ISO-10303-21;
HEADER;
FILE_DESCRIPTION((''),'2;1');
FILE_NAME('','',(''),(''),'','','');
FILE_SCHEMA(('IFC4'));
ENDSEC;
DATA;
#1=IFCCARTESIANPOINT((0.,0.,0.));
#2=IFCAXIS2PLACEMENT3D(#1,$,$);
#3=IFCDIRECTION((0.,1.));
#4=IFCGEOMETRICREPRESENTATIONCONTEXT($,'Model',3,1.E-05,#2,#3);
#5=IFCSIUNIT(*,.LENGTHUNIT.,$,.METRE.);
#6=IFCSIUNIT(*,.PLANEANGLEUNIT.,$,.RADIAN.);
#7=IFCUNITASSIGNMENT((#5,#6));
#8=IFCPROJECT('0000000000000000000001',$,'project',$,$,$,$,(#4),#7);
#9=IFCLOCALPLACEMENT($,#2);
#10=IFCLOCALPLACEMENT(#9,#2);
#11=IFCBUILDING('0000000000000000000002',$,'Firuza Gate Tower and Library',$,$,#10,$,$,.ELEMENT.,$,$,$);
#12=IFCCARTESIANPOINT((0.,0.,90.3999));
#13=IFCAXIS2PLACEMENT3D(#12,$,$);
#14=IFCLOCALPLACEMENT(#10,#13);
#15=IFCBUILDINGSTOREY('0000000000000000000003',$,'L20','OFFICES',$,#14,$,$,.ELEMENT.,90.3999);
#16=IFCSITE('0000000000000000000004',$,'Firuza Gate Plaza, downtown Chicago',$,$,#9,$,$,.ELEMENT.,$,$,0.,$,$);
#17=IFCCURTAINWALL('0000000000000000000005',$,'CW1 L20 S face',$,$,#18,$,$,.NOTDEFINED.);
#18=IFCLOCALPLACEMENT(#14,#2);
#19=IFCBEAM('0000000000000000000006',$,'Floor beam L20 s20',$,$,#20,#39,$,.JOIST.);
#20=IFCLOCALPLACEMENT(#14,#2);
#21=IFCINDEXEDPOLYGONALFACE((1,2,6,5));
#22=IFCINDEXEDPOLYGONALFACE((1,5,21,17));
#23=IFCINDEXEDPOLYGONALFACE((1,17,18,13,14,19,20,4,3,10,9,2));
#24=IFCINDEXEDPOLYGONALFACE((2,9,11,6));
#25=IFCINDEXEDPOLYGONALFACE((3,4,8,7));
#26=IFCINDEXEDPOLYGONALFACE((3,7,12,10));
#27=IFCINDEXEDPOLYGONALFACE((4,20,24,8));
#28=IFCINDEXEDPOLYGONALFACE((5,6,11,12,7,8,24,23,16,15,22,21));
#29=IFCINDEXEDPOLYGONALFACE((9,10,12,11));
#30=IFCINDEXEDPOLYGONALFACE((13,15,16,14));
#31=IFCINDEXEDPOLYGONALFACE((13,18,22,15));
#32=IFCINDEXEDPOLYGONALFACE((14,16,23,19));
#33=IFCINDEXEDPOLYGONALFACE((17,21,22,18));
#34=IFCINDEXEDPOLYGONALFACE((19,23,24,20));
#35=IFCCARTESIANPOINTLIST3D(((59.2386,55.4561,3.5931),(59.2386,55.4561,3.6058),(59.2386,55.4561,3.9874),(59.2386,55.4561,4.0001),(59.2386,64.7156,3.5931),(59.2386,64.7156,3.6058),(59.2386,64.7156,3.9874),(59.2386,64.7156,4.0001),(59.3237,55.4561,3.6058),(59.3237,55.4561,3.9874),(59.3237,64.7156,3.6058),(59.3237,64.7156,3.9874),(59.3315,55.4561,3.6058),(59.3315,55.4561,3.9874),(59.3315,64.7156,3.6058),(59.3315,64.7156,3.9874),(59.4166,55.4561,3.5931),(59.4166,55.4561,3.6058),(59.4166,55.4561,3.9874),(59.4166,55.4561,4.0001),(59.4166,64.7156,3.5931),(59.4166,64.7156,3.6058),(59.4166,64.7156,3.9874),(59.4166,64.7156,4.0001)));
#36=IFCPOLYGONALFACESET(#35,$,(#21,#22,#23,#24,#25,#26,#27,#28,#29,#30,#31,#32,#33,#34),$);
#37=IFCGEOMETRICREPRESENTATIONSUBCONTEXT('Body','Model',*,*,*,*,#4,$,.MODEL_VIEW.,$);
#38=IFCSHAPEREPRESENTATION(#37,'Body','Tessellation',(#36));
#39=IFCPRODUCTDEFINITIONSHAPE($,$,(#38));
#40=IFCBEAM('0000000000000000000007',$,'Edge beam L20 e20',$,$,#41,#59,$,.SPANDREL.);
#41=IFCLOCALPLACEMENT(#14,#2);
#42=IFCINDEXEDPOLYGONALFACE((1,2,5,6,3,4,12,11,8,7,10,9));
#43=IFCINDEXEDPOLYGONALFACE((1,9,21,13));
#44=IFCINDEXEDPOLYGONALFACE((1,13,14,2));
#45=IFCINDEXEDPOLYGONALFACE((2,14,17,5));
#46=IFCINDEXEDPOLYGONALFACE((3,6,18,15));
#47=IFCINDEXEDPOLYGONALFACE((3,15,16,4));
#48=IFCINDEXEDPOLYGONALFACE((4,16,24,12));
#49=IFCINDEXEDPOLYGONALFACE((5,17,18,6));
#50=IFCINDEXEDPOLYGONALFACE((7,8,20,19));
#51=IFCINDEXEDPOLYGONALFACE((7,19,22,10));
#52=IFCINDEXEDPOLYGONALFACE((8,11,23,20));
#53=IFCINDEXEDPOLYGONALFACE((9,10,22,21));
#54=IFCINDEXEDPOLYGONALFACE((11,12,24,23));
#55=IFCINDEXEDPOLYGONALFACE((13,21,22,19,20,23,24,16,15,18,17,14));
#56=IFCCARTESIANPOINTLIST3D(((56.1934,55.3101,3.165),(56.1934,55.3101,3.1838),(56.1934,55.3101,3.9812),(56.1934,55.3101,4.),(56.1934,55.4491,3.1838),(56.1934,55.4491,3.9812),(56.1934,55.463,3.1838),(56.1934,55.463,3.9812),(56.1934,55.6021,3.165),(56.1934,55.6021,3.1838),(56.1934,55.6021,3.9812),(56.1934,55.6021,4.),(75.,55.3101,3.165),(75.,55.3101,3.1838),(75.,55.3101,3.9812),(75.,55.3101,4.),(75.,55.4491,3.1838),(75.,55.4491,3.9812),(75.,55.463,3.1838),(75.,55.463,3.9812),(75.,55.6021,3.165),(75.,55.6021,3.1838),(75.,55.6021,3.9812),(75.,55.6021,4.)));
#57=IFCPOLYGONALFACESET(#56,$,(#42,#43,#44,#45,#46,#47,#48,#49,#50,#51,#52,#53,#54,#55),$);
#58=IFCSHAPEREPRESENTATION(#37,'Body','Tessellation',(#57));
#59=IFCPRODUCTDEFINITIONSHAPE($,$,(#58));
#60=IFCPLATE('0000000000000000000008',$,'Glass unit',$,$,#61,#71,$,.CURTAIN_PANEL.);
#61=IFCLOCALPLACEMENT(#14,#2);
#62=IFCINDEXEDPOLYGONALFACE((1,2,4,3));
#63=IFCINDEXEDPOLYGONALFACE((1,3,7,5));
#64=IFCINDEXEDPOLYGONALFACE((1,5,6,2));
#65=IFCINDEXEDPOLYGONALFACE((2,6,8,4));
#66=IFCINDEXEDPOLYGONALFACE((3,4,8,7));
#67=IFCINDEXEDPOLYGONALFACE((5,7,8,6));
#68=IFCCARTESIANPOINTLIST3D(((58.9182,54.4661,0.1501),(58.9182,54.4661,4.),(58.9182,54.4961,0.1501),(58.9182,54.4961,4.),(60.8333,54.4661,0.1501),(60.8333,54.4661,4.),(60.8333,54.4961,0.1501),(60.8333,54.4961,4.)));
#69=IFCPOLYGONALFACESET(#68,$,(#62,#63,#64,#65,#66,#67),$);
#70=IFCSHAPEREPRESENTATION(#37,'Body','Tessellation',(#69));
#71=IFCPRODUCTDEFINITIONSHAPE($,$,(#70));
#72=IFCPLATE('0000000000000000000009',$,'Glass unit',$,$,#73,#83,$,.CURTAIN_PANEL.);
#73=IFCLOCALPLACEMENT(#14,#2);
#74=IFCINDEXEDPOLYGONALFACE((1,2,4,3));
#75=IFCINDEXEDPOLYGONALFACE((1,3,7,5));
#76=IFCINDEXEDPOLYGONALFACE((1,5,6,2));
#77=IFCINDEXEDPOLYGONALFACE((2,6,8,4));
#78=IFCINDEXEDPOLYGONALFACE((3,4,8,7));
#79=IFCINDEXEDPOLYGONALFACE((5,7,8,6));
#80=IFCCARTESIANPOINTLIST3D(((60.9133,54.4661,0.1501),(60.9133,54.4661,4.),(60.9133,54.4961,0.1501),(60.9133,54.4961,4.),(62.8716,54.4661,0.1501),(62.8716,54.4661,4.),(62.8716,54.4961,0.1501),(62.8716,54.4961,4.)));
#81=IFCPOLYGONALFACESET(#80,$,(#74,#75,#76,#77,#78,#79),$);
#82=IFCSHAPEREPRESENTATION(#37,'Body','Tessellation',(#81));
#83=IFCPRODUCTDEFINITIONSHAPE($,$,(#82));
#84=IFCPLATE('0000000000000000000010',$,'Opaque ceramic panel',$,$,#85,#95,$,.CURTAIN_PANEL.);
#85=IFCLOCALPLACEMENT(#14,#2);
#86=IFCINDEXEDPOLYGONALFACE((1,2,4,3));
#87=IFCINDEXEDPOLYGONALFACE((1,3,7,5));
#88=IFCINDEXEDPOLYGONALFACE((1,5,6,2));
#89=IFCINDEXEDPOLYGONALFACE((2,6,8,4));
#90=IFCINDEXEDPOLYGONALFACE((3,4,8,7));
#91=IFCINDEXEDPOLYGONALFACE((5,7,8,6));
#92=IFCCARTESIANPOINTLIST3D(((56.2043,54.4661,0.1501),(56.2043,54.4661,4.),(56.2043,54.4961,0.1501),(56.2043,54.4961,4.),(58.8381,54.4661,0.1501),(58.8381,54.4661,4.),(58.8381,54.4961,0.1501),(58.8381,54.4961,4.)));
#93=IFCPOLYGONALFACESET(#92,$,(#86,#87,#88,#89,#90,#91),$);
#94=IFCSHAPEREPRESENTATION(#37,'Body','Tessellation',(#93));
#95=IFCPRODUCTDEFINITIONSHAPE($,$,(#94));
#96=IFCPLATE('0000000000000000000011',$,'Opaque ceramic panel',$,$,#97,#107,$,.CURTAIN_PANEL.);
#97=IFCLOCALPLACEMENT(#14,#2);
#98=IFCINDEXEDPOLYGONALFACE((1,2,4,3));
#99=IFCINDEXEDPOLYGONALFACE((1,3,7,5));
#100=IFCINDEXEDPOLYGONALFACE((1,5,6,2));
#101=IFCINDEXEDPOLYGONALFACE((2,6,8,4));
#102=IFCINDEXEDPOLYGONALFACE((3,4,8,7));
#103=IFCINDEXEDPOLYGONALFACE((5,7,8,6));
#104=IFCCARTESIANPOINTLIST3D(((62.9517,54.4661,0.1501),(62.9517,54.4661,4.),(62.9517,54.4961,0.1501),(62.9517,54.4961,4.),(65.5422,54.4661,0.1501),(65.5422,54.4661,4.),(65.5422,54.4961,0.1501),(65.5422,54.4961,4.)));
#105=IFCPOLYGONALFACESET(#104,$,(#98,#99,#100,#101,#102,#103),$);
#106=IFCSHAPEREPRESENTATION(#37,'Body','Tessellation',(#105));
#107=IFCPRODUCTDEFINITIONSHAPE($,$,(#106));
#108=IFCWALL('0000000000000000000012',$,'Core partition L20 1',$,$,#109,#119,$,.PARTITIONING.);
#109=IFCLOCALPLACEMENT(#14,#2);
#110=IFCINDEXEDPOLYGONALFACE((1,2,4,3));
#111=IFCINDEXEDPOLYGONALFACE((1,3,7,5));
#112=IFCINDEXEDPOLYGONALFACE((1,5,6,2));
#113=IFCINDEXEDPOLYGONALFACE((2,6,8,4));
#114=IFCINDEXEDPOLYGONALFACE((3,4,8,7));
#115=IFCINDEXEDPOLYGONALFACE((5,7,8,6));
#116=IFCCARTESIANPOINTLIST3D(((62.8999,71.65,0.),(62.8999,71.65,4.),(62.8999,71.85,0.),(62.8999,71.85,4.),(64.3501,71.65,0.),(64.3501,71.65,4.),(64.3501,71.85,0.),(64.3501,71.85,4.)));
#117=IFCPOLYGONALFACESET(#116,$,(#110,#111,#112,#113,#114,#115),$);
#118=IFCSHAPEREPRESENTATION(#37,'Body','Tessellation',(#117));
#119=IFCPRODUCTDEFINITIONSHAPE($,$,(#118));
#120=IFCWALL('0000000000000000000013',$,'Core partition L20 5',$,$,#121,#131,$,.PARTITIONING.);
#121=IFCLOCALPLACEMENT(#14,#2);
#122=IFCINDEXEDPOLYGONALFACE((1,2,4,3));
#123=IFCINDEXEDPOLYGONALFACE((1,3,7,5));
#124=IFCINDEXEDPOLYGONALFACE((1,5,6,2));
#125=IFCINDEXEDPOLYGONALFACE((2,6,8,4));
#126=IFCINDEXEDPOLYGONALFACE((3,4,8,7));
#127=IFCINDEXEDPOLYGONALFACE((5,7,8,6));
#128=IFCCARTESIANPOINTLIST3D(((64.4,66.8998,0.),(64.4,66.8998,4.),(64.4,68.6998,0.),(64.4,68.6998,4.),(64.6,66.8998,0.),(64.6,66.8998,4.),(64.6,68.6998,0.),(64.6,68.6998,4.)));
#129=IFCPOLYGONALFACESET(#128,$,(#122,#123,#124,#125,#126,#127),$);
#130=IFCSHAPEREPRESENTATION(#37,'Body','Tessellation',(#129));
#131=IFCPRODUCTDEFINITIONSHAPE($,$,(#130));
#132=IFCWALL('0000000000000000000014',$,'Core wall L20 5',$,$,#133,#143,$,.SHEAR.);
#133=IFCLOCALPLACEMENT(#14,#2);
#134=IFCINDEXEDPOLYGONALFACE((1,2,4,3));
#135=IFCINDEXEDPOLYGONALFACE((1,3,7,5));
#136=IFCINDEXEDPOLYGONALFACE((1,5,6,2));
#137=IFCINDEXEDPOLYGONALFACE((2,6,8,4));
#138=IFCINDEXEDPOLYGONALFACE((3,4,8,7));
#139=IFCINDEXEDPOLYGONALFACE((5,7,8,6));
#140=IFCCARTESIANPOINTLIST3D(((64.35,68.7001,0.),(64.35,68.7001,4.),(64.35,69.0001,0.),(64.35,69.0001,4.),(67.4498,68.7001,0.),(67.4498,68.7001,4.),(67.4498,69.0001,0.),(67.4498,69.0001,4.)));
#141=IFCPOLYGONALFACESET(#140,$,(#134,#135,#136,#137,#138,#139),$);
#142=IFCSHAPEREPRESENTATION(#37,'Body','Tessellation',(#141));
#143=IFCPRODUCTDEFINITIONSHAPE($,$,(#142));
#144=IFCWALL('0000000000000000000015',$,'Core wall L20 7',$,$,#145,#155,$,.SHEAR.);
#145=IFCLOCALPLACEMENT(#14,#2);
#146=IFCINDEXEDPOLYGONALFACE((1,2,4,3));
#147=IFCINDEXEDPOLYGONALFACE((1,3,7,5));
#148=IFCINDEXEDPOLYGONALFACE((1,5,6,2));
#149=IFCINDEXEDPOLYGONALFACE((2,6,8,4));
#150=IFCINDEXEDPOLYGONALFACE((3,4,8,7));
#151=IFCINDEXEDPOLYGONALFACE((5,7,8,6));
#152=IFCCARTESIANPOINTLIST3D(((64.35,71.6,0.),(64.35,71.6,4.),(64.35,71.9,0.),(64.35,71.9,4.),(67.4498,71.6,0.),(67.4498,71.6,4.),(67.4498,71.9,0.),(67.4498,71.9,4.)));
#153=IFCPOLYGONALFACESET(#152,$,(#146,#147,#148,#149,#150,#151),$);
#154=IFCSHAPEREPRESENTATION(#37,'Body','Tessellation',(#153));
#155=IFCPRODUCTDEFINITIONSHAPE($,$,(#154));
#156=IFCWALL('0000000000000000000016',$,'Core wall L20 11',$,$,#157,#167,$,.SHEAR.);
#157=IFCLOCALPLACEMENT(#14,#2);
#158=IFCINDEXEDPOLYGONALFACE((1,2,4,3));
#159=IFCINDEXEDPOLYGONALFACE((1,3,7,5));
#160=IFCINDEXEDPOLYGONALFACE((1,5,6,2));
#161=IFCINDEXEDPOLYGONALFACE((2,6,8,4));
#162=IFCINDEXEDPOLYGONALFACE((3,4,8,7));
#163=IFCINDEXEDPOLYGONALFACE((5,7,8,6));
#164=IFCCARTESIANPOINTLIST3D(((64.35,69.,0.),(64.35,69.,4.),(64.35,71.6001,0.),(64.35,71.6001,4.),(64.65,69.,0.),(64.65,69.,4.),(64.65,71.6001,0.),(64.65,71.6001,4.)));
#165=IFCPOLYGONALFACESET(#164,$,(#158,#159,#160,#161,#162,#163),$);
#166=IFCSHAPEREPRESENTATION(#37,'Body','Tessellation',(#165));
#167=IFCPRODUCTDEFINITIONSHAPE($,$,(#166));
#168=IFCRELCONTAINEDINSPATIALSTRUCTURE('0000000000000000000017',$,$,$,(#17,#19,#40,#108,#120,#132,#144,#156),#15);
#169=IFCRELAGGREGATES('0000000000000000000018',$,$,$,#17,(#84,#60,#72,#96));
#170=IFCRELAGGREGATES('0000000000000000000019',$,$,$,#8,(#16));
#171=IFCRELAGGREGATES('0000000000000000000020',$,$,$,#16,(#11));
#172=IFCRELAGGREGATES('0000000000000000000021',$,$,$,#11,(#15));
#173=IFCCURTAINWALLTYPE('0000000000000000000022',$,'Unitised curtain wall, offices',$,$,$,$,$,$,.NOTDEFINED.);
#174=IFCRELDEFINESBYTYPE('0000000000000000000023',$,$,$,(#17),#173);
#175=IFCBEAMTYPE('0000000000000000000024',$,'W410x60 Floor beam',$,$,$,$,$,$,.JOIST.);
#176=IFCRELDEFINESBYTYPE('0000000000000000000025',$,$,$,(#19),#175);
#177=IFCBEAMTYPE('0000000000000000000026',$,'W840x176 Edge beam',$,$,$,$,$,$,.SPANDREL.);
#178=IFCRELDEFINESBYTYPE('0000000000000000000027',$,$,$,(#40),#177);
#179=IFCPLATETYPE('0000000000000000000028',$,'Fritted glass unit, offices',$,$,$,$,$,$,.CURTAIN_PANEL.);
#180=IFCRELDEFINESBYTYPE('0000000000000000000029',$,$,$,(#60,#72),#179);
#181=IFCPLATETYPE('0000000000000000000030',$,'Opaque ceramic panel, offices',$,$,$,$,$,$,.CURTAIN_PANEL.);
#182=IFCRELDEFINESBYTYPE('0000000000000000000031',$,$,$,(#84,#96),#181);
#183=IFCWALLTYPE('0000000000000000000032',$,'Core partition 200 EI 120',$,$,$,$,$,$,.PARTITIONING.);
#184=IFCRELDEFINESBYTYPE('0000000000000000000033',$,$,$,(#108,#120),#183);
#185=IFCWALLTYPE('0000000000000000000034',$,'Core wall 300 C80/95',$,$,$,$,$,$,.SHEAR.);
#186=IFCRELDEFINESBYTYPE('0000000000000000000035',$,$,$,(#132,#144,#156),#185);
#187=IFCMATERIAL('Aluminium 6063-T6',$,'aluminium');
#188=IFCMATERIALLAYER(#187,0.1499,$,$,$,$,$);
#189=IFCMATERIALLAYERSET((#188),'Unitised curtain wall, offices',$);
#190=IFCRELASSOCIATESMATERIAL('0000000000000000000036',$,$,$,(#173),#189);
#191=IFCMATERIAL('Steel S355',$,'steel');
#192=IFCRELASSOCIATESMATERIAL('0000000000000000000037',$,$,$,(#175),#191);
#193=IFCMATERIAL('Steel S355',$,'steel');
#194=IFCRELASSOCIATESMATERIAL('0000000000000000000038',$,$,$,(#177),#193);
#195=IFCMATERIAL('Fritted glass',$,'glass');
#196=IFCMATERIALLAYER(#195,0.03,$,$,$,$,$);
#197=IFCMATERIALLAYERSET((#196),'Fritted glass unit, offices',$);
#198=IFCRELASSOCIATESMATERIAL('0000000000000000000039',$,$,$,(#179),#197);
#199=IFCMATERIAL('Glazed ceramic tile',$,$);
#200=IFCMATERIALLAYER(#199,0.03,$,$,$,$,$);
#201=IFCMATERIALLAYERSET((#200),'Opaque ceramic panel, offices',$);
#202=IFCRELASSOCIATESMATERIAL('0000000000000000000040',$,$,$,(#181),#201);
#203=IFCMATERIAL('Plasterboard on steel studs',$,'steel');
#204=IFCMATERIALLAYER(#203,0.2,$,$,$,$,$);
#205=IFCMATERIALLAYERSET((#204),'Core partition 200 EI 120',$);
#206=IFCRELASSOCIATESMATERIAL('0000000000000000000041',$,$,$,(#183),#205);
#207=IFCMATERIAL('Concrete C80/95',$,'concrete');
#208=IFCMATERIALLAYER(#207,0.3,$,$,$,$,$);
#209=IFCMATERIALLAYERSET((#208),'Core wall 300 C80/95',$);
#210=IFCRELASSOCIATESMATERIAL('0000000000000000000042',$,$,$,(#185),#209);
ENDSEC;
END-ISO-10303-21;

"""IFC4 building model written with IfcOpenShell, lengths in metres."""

from ifc_helpers import new_model, si_unit, direction, frame, frame_2d, origin, origin_2d, place, context, subcontext, project, spatial, polyline, rectangle, i_section, outline, extrude, material, layer, layer_set, material_profile, profile_set, type_object, element, aggregate, save


model = new_model("IFC4")

# Units and contexts
model_context = context("Model", 3, precision=1e-05, world=origin(), true_north=direction((0.0, 1.0)))
body_context = subcontext(model_context, "Body", "Model", "MODEL_VIEW")
ifc_project = project(units=[si_unit("LENGTHUNIT", "METRE"), si_unit("PLANEANGLEUNIT", "RADIAN")], contexts=[model_context])

# Site, building, storey
site_placement = place(None, origin())
site = spatial("IfcSite", under=ifc_project, at=site_placement, Name="Firuza Gate Plaza, downtown Chicago", CompositionType="ELEMENT", RefElevation=0.0)
building_placement = place(site_placement, origin())
building = spatial("IfcBuilding", under=site, at=building_placement, Name="Firuza Gate Tower and Library", CompositionType="ELEMENT")
storey_placement = place(building_placement, frame((0.0, 0.0, 90.3999)))
storey = spatial("IfcBuildingStorey", under=building, at=storey_placement, Name="L20", Description="OFFICES", CompositionType="ELEMENT", Elevation=90.3999)

# Curtain wall
ifc_material_1 = material(Name="Aluminium 6063-T6", Category="aluminium")
ifc_layer_1 = layer(ifc_material_1, 0.1499)
ifc_layer_set_1 = layer_set([ifc_layer_1], Name="Unitised curtain wall, offices")
curtain_wall_type = type_object("IfcCurtainWallType", Name="Unitised curtain wall, offices", PredefinedType="NOTDEFINED", material=ifc_layer_set_1)
curtain_wall_placement = place(storey_placement, origin())
curtain_wall = element("IfcCurtainWall", 1, at=curtain_wall_placement, inside=storey, type_object=curtain_wall_type, Name="CW1 L20 S face", PredefinedType="NOTDEFINED")

# Beams
ifc_material_2 = material(Name="Steel S355", Category="steel")
ifc_material_profile_1 = material_profile(ifc_material_2, i_section(OverallWidth=0.178, OverallDepth=0.407, WebThickness=0.0078, FlangeThickness=0.0127, at=origin_2d()))
ifc_profile_set_1 = profile_set([ifc_material_profile_1], Name="Steel S355")
beam_type_1 = type_object("IfcBeamType", Name="W410x60 Floor beam", PredefinedType="JOIST", material=ifc_profile_set_1)
beam_1_placement = place(storey_placement, frame((59.3276, 55.4561, 3.7966), z_axis=(0.0, 1.0, 0.0), x_axis=(-1.0, 0.0, 0.0)))
element("IfcBeam", 2, at=beam_1_placement, inside=storey, type_object=beam_type_1, Name="Floor beam L20 s20", PredefinedType="JOIST", context=body_context, shape_type="SweptSolid", body=[
    extrude(i_section(OverallWidth=0.178, OverallDepth=0.407, WebThickness=0.0078, FlangeThickness=0.0127, at=origin_2d()), origin(), (0.0, 0.0, 1.0), 9.2595),
])
ifc_material_3 = material(Name="Steel S355", Category="steel")
ifc_material_profile_2 = material_profile(ifc_material_3, i_section(OverallWidth=0.292, OverallDepth=0.835, WebThickness=0.0139, FlangeThickness=0.0188, at=origin_2d()))
ifc_profile_set_2 = profile_set([ifc_material_profile_2], Name="Steel S355")
beam_type_2 = type_object("IfcBeamType", Name="W840x176 Edge beam", PredefinedType="SPANDREL", material=ifc_profile_set_2)
beam_2_placement = place(storey_placement, frame((56.1934, 55.4561, 3.5825), z_axis=(1.0, 0.0, 0.0), x_axis=(0.0, 1.0, 0.0)))
element("IfcBeam", 3, at=beam_2_placement, inside=storey, type_object=beam_type_2, Name="Edge beam L20 e20", PredefinedType="SPANDREL", context=body_context, shape_type="SweptSolid", body=[
    extrude(i_section(OverallWidth=0.292, OverallDepth=0.835, WebThickness=0.0139, FlangeThickness=0.0188, at=origin_2d()), origin(), (0.0, 0.0, 1.0), 18.8066),
])

# Plates
ifc_material_4 = material(Name="Fritted glass", Category="glass")
ifc_layer_2 = layer(ifc_material_4, 0.03)
ifc_layer_set_2 = layer_set([ifc_layer_2], Name="Fritted glass unit, offices")
plate_type_1 = type_object("IfcPlateType", Name="Fritted glass unit, offices", PredefinedType="CURTAIN_PANEL", material=ifc_layer_set_2)
plate_1_placement = place(storey_placement, frame((58.9182, 54.4661, 0.1501), z_axis=(0.0, -1.0, 0.0), x_axis=(1.0, 0.0, 0.0)))
plate_1 = element("IfcPlate", 4, at=plate_1_placement, type_object=plate_type_1, Name="Glass unit", PredefinedType="CURTAIN_PANEL", context=body_context, shape_type="SweptSolid", body=[
    extrude(outline(polyline([(0.0, 0.0), (1.915, 0.0), (1.915, 3.8499), (0.0, 3.8499), (0.0, 0.0)])), origin(), (0.0, 0.0, -1.0), 0.03),
])
plate_2_placement = place(storey_placement, frame((60.9133, 54.4661, 0.1501), z_axis=(0.0, -1.0, 0.0), x_axis=(1.0, 0.0, 0.0)))
plate_2 = element("IfcPlate", 5, at=plate_2_placement, type_object=plate_type_1, Name="Glass unit", PredefinedType="CURTAIN_PANEL", context=body_context, shape_type="SweptSolid", body=[
    extrude(outline(polyline([(0.0, 0.0), (1.9583, 0.0), (1.9583, 3.8499), (0.0, 3.8499), (0.0, 0.0)])), origin(), (0.0, 0.0, -1.0), 0.03),
])
ifc_material_5 = material(Name="Glazed ceramic tile")
ifc_layer_3 = layer(ifc_material_5, 0.03)
ifc_layer_set_3 = layer_set([ifc_layer_3], Name="Opaque ceramic panel, offices")
plate_type_2 = type_object("IfcPlateType", Name="Opaque ceramic panel, offices", PredefinedType="CURTAIN_PANEL", material=ifc_layer_set_3)
plate_3_placement = place(storey_placement, frame((56.2043, 54.4661, 0.1501), z_axis=(0.0, -1.0, 0.0), x_axis=(1.0, 0.0, 0.0)))
plate_3 = element("IfcPlate", 6, at=plate_3_placement, type_object=plate_type_2, Name="Opaque ceramic panel", PredefinedType="CURTAIN_PANEL", context=body_context, shape_type="SweptSolid", body=[
    extrude(outline(polyline([(0.0, 0.0), (2.6338, 0.0), (2.6338, 3.8499), (0.0, 3.8499), (0.0, 0.0)])), origin(), (0.0, 0.0, -1.0), 0.03),
])
plate_4_placement = place(storey_placement, frame((62.9517, 54.4661, 0.1501), z_axis=(0.0, -1.0, 0.0), x_axis=(1.0, 0.0, 0.0)))
plate_4 = element("IfcPlate", 7, at=plate_4_placement, type_object=plate_type_2, Name="Opaque ceramic panel", PredefinedType="CURTAIN_PANEL", context=body_context, shape_type="SweptSolid", body=[
    extrude(outline(polyline([(0.0, 0.0), (2.5906, 0.0), (2.5906, 3.8499), (0.0, 3.8499), (0.0, 0.0)])), origin(), (0.0, 0.0, -1.0), 0.03),
])
aggregate(curtain_wall, [plate_3, plate_1, plate_2, plate_4])

# Walls
ifc_material_6 = material(Name="Plasterboard on steel studs", Category="steel")
ifc_layer_4 = layer(ifc_material_6, 0.2)
ifc_layer_set_4 = layer_set([ifc_layer_4], Name="Core partition 200 EI 120")
wall_type_1 = type_object("IfcWallType", Name="Core partition 200 EI 120", PredefinedType="PARTITIONING", material=ifc_layer_set_4)
wall_1_placement = place(storey_placement, frame((62.8999, 71.75, 0.0), z_axis=(0.0, 0.0, 1.0), x_axis=(1.0, 0.0, 0.0)))
element("IfcWall", 8, at=wall_1_placement, inside=storey, type_object=wall_type_1, Name="Core partition L20 1", PredefinedType="PARTITIONING", context=body_context, shape_type="SweptSolid", body=[
    extrude(rectangle(XDim=1.4502, YDim=0.2, at=frame_2d((0.7251, 0.0))), origin(), (0.0, 0.0, 1.0), 4.0),
])
wall_2_placement = place(storey_placement, frame((64.5, 66.8999, 0.0), z_axis=(0.0, 0.0, 1.0), x_axis=(0.0, 1.0, 0.0)))
element("IfcWall", 9, at=wall_2_placement, inside=storey, type_object=wall_type_1, Name="Core partition L20 5", PredefinedType="PARTITIONING", context=body_context, shape_type="SweptSolid", body=[
    extrude(rectangle(XDim=1.8, YDim=0.2, at=frame_2d((0.8999, 0.0))), origin(), (0.0, 0.0, 1.0), 4.0),
])
ifc_material_7 = material(Name="Concrete C80/95", Category="concrete")
ifc_layer_5 = layer(ifc_material_7, 0.3)
ifc_layer_set_5 = layer_set([ifc_layer_5], Name="Core wall 300 C80/95")
wall_type_2 = type_object("IfcWallType", Name="Core wall 300 C80/95", PredefinedType="SHEAR", material=ifc_layer_set_5)
for number, where, z_axis, x_axis, name in (
    (10, (64.3501, 68.8501, 0.0), (0.0, 0.0, 1.0), (1.0, 0.0, 0.0), "Core wall L20 5"),
    (11, (64.3501, 71.75, 0.0), (0.0, 0.0, 1.0), (1.0, 0.0, 0.0), "Core wall L20 7"),
):
    element("IfcWall", number, at=place(storey_placement, frame(where, z_axis=z_axis, x_axis=x_axis)), inside=storey, type_object=wall_type_2, Name=name, PredefinedType="SHEAR", context=body_context, shape_type="SweptSolid", body=[
        extrude(rectangle(XDim=3.0999, YDim=0.3, at=frame_2d((1.5498, 0.0))), origin(), (0.0, 0.0, 1.0), 4.0),
    ])
wall_3_placement = place(storey_placement, frame((64.5, 69.0, 0.0), z_axis=(0.0, 0.0, 1.0), x_axis=(0.0, 1.0, 0.0)))
element("IfcWall", 12, at=wall_3_placement, inside=storey, type_object=wall_type_2, Name="Core wall L20 11", PredefinedType="SHEAR", context=body_context, shape_type="SweptSolid", body=[
    extrude(rectangle(XDim=2.6001, YDim=0.3, at=frame_2d((1.3, 0.0))), origin(), (0.0, 0.0, 1.0), 4.0),
])

save(model, "model.ifc")
